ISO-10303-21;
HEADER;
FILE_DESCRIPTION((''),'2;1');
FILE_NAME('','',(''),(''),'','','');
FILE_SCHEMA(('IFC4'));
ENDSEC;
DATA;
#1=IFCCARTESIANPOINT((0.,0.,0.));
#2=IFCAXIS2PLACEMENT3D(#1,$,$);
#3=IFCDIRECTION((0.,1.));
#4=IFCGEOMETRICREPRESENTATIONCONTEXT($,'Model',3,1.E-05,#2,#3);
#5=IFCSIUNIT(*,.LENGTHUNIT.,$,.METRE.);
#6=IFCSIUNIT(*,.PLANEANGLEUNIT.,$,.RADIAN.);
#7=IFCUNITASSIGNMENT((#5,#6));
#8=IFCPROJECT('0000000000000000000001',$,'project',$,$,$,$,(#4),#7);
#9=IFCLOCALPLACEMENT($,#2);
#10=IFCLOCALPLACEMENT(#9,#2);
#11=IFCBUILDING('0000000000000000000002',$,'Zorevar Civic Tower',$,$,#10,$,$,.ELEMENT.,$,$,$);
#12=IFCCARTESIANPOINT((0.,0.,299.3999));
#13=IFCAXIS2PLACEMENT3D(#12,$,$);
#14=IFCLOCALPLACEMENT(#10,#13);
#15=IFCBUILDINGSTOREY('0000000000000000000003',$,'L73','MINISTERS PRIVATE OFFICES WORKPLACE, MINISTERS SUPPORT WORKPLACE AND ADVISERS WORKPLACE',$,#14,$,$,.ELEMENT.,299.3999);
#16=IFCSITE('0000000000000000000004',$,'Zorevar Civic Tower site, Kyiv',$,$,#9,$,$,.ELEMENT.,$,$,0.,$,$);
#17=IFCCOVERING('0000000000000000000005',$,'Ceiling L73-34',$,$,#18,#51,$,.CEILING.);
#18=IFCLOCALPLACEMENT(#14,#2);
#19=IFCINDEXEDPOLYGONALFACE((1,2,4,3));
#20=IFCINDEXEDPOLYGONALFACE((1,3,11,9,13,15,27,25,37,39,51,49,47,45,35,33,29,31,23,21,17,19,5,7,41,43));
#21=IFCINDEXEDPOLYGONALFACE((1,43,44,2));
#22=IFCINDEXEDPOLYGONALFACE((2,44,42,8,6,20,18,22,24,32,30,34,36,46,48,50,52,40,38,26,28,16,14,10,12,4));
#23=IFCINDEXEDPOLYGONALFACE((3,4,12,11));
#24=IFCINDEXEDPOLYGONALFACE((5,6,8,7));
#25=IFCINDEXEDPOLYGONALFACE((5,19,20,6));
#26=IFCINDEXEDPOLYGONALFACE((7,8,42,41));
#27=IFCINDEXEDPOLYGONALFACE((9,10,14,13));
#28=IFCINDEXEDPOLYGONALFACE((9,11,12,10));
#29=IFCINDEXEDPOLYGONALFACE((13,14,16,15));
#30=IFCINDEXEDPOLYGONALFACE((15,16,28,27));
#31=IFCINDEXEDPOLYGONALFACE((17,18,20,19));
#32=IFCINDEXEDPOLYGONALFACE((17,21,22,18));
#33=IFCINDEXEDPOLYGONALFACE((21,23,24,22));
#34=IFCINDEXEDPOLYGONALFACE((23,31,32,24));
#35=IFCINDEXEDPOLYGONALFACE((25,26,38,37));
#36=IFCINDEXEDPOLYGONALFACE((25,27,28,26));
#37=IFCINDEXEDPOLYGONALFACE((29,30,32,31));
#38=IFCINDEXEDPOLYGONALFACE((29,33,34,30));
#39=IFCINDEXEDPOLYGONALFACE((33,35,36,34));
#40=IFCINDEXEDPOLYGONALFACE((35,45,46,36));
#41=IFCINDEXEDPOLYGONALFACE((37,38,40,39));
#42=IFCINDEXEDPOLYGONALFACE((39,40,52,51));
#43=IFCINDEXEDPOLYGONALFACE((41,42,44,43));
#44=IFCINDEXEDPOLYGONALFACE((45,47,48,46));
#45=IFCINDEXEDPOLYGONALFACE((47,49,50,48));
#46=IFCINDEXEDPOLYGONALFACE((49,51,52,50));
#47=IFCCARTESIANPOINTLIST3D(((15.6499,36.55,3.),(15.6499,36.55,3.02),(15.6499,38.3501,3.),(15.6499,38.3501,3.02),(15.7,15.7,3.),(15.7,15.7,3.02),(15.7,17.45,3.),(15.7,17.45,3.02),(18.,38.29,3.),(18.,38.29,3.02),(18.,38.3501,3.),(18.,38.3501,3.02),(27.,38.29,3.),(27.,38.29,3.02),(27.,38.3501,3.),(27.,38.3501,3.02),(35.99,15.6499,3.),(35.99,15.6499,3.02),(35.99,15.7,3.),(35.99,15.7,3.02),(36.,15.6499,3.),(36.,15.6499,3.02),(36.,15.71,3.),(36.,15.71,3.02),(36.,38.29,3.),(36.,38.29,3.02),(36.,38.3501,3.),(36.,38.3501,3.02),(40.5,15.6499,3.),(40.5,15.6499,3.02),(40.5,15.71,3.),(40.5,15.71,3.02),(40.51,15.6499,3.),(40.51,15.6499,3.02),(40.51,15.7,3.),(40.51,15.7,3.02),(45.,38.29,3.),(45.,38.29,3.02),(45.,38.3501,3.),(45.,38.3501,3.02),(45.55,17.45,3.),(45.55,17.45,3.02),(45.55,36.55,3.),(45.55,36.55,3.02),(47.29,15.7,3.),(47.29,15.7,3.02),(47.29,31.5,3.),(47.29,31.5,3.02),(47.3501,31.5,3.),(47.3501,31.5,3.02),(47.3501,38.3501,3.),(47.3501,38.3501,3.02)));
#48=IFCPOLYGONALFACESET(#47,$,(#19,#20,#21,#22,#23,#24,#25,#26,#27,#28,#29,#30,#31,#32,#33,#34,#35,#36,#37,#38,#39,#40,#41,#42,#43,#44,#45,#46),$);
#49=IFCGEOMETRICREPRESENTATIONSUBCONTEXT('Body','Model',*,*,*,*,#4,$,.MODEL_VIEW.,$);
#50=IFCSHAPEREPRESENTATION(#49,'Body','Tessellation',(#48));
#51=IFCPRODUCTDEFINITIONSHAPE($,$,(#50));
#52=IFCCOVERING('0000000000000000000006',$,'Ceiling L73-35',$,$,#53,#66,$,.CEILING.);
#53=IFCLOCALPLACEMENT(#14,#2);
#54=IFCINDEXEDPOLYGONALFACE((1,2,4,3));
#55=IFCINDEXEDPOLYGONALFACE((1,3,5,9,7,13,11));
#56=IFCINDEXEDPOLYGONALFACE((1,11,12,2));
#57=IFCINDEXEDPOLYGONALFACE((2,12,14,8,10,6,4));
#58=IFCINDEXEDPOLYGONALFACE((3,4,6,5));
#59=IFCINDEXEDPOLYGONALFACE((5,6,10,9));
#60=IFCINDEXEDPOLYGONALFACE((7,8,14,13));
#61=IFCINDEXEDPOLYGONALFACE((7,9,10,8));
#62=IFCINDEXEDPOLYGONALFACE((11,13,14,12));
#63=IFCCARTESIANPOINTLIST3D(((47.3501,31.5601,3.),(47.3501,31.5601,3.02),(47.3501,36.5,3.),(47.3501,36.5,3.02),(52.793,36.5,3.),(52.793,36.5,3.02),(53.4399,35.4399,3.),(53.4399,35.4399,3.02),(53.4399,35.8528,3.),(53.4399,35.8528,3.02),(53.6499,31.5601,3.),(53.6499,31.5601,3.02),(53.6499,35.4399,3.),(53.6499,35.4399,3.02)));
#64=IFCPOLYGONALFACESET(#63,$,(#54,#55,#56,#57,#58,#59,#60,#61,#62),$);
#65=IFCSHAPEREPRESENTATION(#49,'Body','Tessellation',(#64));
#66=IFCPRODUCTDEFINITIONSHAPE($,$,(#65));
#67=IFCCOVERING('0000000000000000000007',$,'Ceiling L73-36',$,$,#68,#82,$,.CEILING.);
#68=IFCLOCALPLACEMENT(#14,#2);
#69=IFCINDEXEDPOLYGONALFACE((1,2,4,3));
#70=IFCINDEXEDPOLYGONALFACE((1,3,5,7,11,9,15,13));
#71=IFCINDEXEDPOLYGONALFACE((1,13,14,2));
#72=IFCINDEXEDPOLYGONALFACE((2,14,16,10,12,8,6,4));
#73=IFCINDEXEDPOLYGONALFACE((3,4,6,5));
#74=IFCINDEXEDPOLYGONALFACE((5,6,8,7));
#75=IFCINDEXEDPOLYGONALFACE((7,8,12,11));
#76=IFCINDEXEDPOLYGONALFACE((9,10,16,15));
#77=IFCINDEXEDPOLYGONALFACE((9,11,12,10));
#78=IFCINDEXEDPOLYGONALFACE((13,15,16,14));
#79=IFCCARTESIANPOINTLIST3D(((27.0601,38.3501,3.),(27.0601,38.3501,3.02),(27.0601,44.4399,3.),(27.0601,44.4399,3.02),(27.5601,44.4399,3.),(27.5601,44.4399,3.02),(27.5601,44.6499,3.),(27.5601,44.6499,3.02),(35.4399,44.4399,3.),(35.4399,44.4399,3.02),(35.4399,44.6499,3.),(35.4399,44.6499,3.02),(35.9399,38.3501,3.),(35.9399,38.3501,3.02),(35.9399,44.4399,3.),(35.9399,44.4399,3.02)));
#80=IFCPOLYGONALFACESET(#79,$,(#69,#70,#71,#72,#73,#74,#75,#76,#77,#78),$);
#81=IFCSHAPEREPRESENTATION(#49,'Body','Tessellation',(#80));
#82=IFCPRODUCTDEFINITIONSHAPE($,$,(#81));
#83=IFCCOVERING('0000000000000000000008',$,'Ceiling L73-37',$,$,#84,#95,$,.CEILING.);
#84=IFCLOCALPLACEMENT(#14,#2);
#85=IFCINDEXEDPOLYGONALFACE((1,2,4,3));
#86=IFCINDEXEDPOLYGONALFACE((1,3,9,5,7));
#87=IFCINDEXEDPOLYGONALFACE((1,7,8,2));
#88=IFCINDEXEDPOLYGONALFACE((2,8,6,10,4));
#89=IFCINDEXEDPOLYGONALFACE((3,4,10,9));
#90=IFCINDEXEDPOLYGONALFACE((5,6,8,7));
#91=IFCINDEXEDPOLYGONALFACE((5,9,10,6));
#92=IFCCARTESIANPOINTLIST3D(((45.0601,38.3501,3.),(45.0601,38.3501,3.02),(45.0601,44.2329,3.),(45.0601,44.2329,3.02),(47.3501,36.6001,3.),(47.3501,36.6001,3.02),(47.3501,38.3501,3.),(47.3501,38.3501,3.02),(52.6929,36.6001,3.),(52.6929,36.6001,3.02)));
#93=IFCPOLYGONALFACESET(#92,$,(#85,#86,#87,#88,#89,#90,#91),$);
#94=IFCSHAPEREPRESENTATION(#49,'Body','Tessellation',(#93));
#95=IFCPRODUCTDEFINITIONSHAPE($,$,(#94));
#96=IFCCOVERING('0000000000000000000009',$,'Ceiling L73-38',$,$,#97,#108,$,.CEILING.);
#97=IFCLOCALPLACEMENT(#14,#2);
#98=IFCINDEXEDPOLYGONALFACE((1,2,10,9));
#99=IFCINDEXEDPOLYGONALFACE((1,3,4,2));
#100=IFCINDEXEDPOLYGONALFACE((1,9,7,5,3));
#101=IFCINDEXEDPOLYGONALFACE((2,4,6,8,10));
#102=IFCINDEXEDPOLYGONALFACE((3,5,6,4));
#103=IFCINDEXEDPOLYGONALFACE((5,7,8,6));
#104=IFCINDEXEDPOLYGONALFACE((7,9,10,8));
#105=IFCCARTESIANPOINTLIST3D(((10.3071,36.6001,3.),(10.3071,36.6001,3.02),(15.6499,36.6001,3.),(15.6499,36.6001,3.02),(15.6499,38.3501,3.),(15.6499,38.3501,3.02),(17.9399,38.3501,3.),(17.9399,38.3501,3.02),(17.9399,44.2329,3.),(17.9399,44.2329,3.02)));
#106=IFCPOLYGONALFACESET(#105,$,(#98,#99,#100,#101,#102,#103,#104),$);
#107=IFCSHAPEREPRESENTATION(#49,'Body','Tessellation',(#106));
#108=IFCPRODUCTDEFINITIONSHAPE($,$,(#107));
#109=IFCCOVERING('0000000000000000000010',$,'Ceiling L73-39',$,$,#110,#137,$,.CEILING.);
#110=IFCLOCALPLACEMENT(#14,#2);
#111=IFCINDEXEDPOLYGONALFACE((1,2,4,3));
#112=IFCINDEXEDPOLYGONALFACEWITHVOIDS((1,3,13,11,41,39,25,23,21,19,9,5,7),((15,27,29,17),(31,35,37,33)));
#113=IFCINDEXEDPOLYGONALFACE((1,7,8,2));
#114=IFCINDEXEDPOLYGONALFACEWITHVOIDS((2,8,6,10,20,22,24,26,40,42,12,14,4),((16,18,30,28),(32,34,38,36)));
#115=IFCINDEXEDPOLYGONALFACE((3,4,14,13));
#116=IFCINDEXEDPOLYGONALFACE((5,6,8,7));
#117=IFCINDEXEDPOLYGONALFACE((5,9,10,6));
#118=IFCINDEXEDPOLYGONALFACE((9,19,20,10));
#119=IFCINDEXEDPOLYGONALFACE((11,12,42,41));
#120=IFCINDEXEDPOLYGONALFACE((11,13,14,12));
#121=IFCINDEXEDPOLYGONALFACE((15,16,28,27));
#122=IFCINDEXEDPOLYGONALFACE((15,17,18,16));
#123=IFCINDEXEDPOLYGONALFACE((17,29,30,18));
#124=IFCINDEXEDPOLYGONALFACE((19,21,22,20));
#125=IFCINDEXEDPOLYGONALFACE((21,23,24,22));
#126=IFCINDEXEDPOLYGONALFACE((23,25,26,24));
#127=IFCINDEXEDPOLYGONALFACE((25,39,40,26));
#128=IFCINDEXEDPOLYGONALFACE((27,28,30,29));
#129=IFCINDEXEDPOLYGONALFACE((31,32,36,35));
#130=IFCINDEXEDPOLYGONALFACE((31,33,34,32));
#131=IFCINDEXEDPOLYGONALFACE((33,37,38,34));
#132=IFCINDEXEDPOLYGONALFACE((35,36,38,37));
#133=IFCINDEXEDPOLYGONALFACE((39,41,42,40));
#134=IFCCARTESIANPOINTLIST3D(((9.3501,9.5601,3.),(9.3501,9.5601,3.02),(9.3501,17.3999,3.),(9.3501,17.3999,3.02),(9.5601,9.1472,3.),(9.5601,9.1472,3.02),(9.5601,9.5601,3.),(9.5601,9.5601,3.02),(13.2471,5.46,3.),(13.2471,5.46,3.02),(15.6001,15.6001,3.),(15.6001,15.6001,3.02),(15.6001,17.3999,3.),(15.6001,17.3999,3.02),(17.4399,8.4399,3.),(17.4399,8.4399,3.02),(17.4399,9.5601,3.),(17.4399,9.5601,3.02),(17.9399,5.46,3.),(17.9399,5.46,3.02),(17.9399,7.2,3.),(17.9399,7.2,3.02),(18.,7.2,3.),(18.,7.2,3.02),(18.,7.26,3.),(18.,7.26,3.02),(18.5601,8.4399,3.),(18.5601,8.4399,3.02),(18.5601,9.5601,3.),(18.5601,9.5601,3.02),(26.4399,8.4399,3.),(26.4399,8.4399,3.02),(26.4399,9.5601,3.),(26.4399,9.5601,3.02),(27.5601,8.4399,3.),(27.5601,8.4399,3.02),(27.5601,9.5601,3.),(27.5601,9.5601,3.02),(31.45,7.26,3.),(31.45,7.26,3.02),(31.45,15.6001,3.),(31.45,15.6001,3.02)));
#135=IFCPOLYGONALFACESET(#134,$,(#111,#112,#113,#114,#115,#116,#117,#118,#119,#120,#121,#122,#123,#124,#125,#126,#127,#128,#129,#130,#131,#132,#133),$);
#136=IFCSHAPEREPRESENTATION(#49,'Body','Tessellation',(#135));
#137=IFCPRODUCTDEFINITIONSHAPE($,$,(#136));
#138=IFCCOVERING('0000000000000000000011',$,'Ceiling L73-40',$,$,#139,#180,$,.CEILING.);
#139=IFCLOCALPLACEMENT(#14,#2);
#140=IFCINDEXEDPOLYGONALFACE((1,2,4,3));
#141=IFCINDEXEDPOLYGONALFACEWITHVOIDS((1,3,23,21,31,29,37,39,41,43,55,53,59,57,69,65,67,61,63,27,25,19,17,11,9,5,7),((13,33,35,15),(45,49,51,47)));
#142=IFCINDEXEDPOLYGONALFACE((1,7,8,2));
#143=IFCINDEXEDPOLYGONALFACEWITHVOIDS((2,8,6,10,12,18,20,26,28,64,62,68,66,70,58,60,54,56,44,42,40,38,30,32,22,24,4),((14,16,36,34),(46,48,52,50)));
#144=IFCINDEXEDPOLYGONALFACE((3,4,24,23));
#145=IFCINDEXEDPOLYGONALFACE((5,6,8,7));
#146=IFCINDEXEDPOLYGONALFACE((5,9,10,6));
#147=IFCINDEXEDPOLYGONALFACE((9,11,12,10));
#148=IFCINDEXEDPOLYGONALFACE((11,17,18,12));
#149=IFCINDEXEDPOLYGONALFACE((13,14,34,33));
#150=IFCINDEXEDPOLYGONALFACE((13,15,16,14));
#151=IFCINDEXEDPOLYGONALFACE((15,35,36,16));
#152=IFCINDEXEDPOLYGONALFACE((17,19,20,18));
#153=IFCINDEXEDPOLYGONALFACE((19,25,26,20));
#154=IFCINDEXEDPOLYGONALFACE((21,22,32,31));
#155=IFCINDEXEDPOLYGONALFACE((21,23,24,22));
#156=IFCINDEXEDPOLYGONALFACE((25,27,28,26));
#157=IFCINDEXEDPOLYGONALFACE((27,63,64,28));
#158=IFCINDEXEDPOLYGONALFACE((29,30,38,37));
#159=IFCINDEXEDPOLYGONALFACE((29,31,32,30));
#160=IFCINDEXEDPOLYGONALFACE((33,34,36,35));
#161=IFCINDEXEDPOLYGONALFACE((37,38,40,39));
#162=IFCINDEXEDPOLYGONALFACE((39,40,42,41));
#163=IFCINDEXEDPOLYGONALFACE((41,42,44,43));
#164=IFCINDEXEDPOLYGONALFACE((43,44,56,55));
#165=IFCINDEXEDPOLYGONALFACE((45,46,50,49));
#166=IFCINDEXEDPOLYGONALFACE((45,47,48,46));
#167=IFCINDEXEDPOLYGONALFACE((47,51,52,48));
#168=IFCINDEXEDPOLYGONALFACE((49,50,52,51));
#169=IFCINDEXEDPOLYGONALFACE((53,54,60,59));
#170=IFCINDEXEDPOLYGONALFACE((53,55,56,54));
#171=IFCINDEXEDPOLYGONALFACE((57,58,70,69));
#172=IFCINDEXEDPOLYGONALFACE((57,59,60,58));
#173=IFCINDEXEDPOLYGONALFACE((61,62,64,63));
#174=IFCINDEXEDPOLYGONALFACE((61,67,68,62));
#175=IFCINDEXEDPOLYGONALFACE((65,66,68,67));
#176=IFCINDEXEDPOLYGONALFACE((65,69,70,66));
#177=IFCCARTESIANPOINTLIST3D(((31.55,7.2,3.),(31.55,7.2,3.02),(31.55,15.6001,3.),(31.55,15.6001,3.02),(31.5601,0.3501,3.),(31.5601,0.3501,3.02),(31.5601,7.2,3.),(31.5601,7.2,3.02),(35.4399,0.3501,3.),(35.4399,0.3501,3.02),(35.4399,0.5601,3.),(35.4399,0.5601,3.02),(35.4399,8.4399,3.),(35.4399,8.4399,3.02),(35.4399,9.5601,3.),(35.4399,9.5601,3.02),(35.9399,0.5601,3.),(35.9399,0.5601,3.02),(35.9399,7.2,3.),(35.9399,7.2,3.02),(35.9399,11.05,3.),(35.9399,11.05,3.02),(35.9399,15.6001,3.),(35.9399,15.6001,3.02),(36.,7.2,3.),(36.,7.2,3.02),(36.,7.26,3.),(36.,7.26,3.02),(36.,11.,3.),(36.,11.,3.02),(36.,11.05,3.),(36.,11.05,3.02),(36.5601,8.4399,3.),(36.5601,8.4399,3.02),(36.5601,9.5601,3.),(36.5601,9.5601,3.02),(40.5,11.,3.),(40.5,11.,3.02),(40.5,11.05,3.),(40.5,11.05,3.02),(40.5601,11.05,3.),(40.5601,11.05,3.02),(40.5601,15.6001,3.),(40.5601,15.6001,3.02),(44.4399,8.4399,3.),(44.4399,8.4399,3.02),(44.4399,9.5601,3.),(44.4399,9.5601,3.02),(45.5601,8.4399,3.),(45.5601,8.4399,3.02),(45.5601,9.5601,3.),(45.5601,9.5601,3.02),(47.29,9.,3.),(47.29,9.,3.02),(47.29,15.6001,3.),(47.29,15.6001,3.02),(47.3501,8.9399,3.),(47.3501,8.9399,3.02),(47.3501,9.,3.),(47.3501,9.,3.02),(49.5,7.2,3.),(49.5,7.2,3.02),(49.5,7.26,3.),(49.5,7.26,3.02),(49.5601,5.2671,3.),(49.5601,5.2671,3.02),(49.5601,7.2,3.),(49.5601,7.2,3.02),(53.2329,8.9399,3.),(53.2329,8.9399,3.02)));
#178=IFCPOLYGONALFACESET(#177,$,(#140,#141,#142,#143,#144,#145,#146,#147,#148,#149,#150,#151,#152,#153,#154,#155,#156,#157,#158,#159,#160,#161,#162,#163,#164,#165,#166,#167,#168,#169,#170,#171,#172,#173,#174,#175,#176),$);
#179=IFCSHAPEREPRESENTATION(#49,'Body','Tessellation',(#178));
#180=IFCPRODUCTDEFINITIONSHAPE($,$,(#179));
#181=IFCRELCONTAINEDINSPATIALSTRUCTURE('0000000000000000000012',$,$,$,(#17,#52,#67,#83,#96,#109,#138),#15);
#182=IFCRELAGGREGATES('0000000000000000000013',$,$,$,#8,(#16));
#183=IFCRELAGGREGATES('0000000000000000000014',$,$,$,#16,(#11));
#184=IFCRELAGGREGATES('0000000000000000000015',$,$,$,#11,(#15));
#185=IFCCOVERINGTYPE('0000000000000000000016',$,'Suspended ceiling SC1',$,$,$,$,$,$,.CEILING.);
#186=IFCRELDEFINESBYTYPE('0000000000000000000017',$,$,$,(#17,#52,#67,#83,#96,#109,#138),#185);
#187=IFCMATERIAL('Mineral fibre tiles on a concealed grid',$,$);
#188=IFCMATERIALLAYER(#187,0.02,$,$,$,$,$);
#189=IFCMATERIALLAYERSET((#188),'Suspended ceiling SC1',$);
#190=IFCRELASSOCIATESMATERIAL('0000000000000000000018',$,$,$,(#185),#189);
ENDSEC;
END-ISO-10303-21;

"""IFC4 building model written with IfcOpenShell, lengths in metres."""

from ifc_helpers import new_model, si_unit, direction, frame, origin, place, context, subcontext, project, spatial, polyline, outline, extrude, material, layer, layer_set, type_object, element, save


model = new_model("IFC4")

# Units and contexts
model_context = context("Model", 3, precision=1e-05, world=origin(), true_north=direction((0.0, 1.0)))
body_context = subcontext(model_context, "Body", "Model", "MODEL_VIEW")
ifc_project = project(units=[si_unit("LENGTHUNIT", "METRE"), si_unit("PLANEANGLEUNIT", "RADIAN")], contexts=[model_context])

# Site, building, storey
site_placement = place(None, origin())
site = spatial("IfcSite", under=ifc_project, at=site_placement, Name="Zorevar Civic Tower site, Kyiv", CompositionType="ELEMENT", RefElevation=0.0)
building_placement = place(site_placement, origin())
building = spatial("IfcBuilding", under=site, at=building_placement, Name="Zorevar Civic Tower", CompositionType="ELEMENT")
storey_placement = place(building_placement, frame((0.0, 0.0, 299.3999)))
storey = spatial("IfcBuildingStorey", under=building, at=storey_placement, Name="L73", Description="MINISTERS PRIVATE OFFICES WORKPLACE, MINISTERS SUPPORT WORKPLACE AND ADVISERS WORKPLACE", CompositionType="ELEMENT", Elevation=299.3999)

# Coverings
ifc_material_1 = material(Name="Mineral fibre tiles on a concealed grid")
ifc_layer_1 = layer(ifc_material_1, 0.02)
ifc_layer_set_1 = layer_set([ifc_layer_1], Name="Suspended ceiling SC1")
covering_type_1 = type_object("IfcCoveringType", Name="Suspended ceiling SC1", PredefinedType="CEILING", material=ifc_layer_set_1)
covering_1_placement = place(storey_placement, frame((0.0, 0.0, 3.0)))
element("IfcCovering", 1, at=covering_1_placement, inside=storey, type_object=covering_type_1, Name="Ceiling L73-34", PredefinedType="CEILING", context=body_context, shape_type="SweptSolid", body=[
    extrude(outline(polyline([(15.6499, 36.55), (15.6499, 38.3501), (18.0, 38.3501), (18.0, 38.29), (27.0, 38.29), (27.0, 38.3501), (36.0, 38.3501), (36.0, 38.29), (45.0, 38.29), (45.0, 38.3501), (47.3501, 38.3501), (47.3501, 31.5), (47.29, 31.5), (47.29, 15.7), (40.51, 15.7), (40.51, 15.6499), (40.5, 15.6499), (40.5, 15.71), (36.0, 15.71), (36.0, 15.6499), (35.99, 15.6499), (35.99, 15.7), (15.7, 15.7), (15.7, 17.45), (45.55, 17.45), (45.55, 36.55), (15.6499, 36.55)])), origin(), (0.0, 0.0, 1.0), 0.02),
])
covering_2_placement = place(storey_placement, frame((0.0, 0.0, 3.0)))
element("IfcCovering", 2, at=covering_2_placement, inside=storey, type_object=covering_type_1, Name="Ceiling L73-35", PredefinedType="CEILING", context=body_context, shape_type="SweptSolid", body=[
    extrude(outline(polyline([(47.3501, 36.5), (52.793, 36.5), (53.4399, 35.8528), (53.4399, 35.4399), (53.6499, 35.4399), (53.6499, 31.5601), (47.3501, 31.5601), (47.3501, 36.5)])), origin(), (0.0, 0.0, 1.0), 0.02),
])
covering_3_placement = place(storey_placement, frame((0.0, 0.0, 3.0)))
element("IfcCovering", 3, at=covering_3_placement, inside=storey, type_object=covering_type_1, Name="Ceiling L73-36", PredefinedType="CEILING", context=body_context, shape_type="SweptSolid", body=[
    extrude(outline(polyline([(35.9399, 38.3501), (27.0601, 38.3501), (27.0601, 44.4399), (27.5601, 44.4399), (27.5601, 44.6499), (35.4399, 44.6499), (35.4399, 44.4399), (35.9399, 44.4399), (35.9399, 38.3501)])), origin(), (0.0, 0.0, 1.0), 0.02),
])
covering_4_placement = place(storey_placement, frame((0.0, 0.0, 3.0)))
element("IfcCovering", 4, at=covering_4_placement, inside=storey, type_object=covering_type_1, Name="Ceiling L73-37", PredefinedType="CEILING", context=body_context, shape_type="SweptSolid", body=[
    extrude(outline(polyline([(47.3501, 36.6001), (47.3501, 38.3501), (45.0601, 38.3501), (45.0601, 44.2329), (52.6929, 36.6001), (47.3501, 36.6001)])), origin(), (0.0, 0.0, 1.0), 0.02),
])
covering_5_placement = place(storey_placement, frame((0.0, 0.0, 3.0)))
element("IfcCovering", 5, at=covering_5_placement, inside=storey, type_object=covering_type_1, Name="Ceiling L73-38", PredefinedType="CEILING", context=body_context, shape_type="SweptSolid", body=[
    extrude(outline(polyline([(17.9399, 38.3501), (15.6499, 38.3501), (15.6499, 36.6001), (10.3071, 36.6001), (17.9399, 44.2329), (17.9399, 38.3501)])), origin(), (0.0, 0.0, 1.0), 0.02),
])
covering_6_placement = place(storey_placement, frame((0.0, 0.0, 3.0)))
element("IfcCovering", 6, at=covering_6_placement, inside=storey, type_object=covering_type_1, Name="Ceiling L73-39", PredefinedType="CEILING", context=body_context, shape_type="SweptSolid", body=[
    extrude(outline(polyline([(31.45, 15.6001), (31.45, 7.26), (18.0, 7.26), (18.0, 7.2), (17.9399, 7.2), (17.9399, 5.46), (13.2471, 5.46), (9.5601, 9.1472), (9.5601, 9.5601), (9.3501, 9.5601), (9.3501, 17.3999), (15.6001, 17.3999), (15.6001, 15.6001), (31.45, 15.6001)]), holes=[polyline([(17.4399, 8.4399), (18.5601, 8.4399), (18.5601, 9.5601), (17.4399, 9.5601), (17.4399, 8.4399)]), polyline([(26.4399, 9.5601), (26.4399, 8.4399), (27.5601, 8.4399), (27.5601, 9.5601), (26.4399, 9.5601)])]), origin(), (0.0, 0.0, 1.0), 0.02),
])
covering_7_placement = place(storey_placement, frame((0.0, 0.0, 3.0)))
element("IfcCovering", 7, at=covering_7_placement, inside=storey, type_object=covering_type_1, Name="Ceiling L73-40", PredefinedType="CEILING", context=body_context, shape_type="SweptSolid", body=[
    extrude(outline(polyline([(40.5601, 11.05), (40.5601, 15.6001), (47.29, 15.6001), (47.29, 9.0), (47.3501, 9.0), (47.3501, 8.9399), (53.2329, 8.9399), (49.5601, 5.2671), (49.5601, 7.2), (49.5, 7.2), (49.5, 7.26), (36.0, 7.26), (36.0, 7.2), (35.9399, 7.2), (35.9399, 0.5601), (35.4399, 0.5601), (35.4399, 0.3501), (31.5601, 0.3501), (31.5601, 7.2), (31.55, 7.2), (31.55, 15.6001), (35.9399, 15.6001), (35.9399, 11.05), (36.0, 11.05), (36.0, 11.0), (40.5, 11.0), (40.5, 11.05), (40.5601, 11.05)]), holes=[polyline([(36.5601, 8.4399), (36.5601, 9.5601), (35.4399, 9.5601), (35.4399, 8.4399), (36.5601, 8.4399)]), polyline([(44.4399, 8.4399), (45.5601, 8.4399), (45.5601, 9.5601), (44.4399, 9.5601), (44.4399, 8.4399)])]), origin(), (0.0, 0.0, 1.0), 0.02),
])

save(model, "model.ifc")
